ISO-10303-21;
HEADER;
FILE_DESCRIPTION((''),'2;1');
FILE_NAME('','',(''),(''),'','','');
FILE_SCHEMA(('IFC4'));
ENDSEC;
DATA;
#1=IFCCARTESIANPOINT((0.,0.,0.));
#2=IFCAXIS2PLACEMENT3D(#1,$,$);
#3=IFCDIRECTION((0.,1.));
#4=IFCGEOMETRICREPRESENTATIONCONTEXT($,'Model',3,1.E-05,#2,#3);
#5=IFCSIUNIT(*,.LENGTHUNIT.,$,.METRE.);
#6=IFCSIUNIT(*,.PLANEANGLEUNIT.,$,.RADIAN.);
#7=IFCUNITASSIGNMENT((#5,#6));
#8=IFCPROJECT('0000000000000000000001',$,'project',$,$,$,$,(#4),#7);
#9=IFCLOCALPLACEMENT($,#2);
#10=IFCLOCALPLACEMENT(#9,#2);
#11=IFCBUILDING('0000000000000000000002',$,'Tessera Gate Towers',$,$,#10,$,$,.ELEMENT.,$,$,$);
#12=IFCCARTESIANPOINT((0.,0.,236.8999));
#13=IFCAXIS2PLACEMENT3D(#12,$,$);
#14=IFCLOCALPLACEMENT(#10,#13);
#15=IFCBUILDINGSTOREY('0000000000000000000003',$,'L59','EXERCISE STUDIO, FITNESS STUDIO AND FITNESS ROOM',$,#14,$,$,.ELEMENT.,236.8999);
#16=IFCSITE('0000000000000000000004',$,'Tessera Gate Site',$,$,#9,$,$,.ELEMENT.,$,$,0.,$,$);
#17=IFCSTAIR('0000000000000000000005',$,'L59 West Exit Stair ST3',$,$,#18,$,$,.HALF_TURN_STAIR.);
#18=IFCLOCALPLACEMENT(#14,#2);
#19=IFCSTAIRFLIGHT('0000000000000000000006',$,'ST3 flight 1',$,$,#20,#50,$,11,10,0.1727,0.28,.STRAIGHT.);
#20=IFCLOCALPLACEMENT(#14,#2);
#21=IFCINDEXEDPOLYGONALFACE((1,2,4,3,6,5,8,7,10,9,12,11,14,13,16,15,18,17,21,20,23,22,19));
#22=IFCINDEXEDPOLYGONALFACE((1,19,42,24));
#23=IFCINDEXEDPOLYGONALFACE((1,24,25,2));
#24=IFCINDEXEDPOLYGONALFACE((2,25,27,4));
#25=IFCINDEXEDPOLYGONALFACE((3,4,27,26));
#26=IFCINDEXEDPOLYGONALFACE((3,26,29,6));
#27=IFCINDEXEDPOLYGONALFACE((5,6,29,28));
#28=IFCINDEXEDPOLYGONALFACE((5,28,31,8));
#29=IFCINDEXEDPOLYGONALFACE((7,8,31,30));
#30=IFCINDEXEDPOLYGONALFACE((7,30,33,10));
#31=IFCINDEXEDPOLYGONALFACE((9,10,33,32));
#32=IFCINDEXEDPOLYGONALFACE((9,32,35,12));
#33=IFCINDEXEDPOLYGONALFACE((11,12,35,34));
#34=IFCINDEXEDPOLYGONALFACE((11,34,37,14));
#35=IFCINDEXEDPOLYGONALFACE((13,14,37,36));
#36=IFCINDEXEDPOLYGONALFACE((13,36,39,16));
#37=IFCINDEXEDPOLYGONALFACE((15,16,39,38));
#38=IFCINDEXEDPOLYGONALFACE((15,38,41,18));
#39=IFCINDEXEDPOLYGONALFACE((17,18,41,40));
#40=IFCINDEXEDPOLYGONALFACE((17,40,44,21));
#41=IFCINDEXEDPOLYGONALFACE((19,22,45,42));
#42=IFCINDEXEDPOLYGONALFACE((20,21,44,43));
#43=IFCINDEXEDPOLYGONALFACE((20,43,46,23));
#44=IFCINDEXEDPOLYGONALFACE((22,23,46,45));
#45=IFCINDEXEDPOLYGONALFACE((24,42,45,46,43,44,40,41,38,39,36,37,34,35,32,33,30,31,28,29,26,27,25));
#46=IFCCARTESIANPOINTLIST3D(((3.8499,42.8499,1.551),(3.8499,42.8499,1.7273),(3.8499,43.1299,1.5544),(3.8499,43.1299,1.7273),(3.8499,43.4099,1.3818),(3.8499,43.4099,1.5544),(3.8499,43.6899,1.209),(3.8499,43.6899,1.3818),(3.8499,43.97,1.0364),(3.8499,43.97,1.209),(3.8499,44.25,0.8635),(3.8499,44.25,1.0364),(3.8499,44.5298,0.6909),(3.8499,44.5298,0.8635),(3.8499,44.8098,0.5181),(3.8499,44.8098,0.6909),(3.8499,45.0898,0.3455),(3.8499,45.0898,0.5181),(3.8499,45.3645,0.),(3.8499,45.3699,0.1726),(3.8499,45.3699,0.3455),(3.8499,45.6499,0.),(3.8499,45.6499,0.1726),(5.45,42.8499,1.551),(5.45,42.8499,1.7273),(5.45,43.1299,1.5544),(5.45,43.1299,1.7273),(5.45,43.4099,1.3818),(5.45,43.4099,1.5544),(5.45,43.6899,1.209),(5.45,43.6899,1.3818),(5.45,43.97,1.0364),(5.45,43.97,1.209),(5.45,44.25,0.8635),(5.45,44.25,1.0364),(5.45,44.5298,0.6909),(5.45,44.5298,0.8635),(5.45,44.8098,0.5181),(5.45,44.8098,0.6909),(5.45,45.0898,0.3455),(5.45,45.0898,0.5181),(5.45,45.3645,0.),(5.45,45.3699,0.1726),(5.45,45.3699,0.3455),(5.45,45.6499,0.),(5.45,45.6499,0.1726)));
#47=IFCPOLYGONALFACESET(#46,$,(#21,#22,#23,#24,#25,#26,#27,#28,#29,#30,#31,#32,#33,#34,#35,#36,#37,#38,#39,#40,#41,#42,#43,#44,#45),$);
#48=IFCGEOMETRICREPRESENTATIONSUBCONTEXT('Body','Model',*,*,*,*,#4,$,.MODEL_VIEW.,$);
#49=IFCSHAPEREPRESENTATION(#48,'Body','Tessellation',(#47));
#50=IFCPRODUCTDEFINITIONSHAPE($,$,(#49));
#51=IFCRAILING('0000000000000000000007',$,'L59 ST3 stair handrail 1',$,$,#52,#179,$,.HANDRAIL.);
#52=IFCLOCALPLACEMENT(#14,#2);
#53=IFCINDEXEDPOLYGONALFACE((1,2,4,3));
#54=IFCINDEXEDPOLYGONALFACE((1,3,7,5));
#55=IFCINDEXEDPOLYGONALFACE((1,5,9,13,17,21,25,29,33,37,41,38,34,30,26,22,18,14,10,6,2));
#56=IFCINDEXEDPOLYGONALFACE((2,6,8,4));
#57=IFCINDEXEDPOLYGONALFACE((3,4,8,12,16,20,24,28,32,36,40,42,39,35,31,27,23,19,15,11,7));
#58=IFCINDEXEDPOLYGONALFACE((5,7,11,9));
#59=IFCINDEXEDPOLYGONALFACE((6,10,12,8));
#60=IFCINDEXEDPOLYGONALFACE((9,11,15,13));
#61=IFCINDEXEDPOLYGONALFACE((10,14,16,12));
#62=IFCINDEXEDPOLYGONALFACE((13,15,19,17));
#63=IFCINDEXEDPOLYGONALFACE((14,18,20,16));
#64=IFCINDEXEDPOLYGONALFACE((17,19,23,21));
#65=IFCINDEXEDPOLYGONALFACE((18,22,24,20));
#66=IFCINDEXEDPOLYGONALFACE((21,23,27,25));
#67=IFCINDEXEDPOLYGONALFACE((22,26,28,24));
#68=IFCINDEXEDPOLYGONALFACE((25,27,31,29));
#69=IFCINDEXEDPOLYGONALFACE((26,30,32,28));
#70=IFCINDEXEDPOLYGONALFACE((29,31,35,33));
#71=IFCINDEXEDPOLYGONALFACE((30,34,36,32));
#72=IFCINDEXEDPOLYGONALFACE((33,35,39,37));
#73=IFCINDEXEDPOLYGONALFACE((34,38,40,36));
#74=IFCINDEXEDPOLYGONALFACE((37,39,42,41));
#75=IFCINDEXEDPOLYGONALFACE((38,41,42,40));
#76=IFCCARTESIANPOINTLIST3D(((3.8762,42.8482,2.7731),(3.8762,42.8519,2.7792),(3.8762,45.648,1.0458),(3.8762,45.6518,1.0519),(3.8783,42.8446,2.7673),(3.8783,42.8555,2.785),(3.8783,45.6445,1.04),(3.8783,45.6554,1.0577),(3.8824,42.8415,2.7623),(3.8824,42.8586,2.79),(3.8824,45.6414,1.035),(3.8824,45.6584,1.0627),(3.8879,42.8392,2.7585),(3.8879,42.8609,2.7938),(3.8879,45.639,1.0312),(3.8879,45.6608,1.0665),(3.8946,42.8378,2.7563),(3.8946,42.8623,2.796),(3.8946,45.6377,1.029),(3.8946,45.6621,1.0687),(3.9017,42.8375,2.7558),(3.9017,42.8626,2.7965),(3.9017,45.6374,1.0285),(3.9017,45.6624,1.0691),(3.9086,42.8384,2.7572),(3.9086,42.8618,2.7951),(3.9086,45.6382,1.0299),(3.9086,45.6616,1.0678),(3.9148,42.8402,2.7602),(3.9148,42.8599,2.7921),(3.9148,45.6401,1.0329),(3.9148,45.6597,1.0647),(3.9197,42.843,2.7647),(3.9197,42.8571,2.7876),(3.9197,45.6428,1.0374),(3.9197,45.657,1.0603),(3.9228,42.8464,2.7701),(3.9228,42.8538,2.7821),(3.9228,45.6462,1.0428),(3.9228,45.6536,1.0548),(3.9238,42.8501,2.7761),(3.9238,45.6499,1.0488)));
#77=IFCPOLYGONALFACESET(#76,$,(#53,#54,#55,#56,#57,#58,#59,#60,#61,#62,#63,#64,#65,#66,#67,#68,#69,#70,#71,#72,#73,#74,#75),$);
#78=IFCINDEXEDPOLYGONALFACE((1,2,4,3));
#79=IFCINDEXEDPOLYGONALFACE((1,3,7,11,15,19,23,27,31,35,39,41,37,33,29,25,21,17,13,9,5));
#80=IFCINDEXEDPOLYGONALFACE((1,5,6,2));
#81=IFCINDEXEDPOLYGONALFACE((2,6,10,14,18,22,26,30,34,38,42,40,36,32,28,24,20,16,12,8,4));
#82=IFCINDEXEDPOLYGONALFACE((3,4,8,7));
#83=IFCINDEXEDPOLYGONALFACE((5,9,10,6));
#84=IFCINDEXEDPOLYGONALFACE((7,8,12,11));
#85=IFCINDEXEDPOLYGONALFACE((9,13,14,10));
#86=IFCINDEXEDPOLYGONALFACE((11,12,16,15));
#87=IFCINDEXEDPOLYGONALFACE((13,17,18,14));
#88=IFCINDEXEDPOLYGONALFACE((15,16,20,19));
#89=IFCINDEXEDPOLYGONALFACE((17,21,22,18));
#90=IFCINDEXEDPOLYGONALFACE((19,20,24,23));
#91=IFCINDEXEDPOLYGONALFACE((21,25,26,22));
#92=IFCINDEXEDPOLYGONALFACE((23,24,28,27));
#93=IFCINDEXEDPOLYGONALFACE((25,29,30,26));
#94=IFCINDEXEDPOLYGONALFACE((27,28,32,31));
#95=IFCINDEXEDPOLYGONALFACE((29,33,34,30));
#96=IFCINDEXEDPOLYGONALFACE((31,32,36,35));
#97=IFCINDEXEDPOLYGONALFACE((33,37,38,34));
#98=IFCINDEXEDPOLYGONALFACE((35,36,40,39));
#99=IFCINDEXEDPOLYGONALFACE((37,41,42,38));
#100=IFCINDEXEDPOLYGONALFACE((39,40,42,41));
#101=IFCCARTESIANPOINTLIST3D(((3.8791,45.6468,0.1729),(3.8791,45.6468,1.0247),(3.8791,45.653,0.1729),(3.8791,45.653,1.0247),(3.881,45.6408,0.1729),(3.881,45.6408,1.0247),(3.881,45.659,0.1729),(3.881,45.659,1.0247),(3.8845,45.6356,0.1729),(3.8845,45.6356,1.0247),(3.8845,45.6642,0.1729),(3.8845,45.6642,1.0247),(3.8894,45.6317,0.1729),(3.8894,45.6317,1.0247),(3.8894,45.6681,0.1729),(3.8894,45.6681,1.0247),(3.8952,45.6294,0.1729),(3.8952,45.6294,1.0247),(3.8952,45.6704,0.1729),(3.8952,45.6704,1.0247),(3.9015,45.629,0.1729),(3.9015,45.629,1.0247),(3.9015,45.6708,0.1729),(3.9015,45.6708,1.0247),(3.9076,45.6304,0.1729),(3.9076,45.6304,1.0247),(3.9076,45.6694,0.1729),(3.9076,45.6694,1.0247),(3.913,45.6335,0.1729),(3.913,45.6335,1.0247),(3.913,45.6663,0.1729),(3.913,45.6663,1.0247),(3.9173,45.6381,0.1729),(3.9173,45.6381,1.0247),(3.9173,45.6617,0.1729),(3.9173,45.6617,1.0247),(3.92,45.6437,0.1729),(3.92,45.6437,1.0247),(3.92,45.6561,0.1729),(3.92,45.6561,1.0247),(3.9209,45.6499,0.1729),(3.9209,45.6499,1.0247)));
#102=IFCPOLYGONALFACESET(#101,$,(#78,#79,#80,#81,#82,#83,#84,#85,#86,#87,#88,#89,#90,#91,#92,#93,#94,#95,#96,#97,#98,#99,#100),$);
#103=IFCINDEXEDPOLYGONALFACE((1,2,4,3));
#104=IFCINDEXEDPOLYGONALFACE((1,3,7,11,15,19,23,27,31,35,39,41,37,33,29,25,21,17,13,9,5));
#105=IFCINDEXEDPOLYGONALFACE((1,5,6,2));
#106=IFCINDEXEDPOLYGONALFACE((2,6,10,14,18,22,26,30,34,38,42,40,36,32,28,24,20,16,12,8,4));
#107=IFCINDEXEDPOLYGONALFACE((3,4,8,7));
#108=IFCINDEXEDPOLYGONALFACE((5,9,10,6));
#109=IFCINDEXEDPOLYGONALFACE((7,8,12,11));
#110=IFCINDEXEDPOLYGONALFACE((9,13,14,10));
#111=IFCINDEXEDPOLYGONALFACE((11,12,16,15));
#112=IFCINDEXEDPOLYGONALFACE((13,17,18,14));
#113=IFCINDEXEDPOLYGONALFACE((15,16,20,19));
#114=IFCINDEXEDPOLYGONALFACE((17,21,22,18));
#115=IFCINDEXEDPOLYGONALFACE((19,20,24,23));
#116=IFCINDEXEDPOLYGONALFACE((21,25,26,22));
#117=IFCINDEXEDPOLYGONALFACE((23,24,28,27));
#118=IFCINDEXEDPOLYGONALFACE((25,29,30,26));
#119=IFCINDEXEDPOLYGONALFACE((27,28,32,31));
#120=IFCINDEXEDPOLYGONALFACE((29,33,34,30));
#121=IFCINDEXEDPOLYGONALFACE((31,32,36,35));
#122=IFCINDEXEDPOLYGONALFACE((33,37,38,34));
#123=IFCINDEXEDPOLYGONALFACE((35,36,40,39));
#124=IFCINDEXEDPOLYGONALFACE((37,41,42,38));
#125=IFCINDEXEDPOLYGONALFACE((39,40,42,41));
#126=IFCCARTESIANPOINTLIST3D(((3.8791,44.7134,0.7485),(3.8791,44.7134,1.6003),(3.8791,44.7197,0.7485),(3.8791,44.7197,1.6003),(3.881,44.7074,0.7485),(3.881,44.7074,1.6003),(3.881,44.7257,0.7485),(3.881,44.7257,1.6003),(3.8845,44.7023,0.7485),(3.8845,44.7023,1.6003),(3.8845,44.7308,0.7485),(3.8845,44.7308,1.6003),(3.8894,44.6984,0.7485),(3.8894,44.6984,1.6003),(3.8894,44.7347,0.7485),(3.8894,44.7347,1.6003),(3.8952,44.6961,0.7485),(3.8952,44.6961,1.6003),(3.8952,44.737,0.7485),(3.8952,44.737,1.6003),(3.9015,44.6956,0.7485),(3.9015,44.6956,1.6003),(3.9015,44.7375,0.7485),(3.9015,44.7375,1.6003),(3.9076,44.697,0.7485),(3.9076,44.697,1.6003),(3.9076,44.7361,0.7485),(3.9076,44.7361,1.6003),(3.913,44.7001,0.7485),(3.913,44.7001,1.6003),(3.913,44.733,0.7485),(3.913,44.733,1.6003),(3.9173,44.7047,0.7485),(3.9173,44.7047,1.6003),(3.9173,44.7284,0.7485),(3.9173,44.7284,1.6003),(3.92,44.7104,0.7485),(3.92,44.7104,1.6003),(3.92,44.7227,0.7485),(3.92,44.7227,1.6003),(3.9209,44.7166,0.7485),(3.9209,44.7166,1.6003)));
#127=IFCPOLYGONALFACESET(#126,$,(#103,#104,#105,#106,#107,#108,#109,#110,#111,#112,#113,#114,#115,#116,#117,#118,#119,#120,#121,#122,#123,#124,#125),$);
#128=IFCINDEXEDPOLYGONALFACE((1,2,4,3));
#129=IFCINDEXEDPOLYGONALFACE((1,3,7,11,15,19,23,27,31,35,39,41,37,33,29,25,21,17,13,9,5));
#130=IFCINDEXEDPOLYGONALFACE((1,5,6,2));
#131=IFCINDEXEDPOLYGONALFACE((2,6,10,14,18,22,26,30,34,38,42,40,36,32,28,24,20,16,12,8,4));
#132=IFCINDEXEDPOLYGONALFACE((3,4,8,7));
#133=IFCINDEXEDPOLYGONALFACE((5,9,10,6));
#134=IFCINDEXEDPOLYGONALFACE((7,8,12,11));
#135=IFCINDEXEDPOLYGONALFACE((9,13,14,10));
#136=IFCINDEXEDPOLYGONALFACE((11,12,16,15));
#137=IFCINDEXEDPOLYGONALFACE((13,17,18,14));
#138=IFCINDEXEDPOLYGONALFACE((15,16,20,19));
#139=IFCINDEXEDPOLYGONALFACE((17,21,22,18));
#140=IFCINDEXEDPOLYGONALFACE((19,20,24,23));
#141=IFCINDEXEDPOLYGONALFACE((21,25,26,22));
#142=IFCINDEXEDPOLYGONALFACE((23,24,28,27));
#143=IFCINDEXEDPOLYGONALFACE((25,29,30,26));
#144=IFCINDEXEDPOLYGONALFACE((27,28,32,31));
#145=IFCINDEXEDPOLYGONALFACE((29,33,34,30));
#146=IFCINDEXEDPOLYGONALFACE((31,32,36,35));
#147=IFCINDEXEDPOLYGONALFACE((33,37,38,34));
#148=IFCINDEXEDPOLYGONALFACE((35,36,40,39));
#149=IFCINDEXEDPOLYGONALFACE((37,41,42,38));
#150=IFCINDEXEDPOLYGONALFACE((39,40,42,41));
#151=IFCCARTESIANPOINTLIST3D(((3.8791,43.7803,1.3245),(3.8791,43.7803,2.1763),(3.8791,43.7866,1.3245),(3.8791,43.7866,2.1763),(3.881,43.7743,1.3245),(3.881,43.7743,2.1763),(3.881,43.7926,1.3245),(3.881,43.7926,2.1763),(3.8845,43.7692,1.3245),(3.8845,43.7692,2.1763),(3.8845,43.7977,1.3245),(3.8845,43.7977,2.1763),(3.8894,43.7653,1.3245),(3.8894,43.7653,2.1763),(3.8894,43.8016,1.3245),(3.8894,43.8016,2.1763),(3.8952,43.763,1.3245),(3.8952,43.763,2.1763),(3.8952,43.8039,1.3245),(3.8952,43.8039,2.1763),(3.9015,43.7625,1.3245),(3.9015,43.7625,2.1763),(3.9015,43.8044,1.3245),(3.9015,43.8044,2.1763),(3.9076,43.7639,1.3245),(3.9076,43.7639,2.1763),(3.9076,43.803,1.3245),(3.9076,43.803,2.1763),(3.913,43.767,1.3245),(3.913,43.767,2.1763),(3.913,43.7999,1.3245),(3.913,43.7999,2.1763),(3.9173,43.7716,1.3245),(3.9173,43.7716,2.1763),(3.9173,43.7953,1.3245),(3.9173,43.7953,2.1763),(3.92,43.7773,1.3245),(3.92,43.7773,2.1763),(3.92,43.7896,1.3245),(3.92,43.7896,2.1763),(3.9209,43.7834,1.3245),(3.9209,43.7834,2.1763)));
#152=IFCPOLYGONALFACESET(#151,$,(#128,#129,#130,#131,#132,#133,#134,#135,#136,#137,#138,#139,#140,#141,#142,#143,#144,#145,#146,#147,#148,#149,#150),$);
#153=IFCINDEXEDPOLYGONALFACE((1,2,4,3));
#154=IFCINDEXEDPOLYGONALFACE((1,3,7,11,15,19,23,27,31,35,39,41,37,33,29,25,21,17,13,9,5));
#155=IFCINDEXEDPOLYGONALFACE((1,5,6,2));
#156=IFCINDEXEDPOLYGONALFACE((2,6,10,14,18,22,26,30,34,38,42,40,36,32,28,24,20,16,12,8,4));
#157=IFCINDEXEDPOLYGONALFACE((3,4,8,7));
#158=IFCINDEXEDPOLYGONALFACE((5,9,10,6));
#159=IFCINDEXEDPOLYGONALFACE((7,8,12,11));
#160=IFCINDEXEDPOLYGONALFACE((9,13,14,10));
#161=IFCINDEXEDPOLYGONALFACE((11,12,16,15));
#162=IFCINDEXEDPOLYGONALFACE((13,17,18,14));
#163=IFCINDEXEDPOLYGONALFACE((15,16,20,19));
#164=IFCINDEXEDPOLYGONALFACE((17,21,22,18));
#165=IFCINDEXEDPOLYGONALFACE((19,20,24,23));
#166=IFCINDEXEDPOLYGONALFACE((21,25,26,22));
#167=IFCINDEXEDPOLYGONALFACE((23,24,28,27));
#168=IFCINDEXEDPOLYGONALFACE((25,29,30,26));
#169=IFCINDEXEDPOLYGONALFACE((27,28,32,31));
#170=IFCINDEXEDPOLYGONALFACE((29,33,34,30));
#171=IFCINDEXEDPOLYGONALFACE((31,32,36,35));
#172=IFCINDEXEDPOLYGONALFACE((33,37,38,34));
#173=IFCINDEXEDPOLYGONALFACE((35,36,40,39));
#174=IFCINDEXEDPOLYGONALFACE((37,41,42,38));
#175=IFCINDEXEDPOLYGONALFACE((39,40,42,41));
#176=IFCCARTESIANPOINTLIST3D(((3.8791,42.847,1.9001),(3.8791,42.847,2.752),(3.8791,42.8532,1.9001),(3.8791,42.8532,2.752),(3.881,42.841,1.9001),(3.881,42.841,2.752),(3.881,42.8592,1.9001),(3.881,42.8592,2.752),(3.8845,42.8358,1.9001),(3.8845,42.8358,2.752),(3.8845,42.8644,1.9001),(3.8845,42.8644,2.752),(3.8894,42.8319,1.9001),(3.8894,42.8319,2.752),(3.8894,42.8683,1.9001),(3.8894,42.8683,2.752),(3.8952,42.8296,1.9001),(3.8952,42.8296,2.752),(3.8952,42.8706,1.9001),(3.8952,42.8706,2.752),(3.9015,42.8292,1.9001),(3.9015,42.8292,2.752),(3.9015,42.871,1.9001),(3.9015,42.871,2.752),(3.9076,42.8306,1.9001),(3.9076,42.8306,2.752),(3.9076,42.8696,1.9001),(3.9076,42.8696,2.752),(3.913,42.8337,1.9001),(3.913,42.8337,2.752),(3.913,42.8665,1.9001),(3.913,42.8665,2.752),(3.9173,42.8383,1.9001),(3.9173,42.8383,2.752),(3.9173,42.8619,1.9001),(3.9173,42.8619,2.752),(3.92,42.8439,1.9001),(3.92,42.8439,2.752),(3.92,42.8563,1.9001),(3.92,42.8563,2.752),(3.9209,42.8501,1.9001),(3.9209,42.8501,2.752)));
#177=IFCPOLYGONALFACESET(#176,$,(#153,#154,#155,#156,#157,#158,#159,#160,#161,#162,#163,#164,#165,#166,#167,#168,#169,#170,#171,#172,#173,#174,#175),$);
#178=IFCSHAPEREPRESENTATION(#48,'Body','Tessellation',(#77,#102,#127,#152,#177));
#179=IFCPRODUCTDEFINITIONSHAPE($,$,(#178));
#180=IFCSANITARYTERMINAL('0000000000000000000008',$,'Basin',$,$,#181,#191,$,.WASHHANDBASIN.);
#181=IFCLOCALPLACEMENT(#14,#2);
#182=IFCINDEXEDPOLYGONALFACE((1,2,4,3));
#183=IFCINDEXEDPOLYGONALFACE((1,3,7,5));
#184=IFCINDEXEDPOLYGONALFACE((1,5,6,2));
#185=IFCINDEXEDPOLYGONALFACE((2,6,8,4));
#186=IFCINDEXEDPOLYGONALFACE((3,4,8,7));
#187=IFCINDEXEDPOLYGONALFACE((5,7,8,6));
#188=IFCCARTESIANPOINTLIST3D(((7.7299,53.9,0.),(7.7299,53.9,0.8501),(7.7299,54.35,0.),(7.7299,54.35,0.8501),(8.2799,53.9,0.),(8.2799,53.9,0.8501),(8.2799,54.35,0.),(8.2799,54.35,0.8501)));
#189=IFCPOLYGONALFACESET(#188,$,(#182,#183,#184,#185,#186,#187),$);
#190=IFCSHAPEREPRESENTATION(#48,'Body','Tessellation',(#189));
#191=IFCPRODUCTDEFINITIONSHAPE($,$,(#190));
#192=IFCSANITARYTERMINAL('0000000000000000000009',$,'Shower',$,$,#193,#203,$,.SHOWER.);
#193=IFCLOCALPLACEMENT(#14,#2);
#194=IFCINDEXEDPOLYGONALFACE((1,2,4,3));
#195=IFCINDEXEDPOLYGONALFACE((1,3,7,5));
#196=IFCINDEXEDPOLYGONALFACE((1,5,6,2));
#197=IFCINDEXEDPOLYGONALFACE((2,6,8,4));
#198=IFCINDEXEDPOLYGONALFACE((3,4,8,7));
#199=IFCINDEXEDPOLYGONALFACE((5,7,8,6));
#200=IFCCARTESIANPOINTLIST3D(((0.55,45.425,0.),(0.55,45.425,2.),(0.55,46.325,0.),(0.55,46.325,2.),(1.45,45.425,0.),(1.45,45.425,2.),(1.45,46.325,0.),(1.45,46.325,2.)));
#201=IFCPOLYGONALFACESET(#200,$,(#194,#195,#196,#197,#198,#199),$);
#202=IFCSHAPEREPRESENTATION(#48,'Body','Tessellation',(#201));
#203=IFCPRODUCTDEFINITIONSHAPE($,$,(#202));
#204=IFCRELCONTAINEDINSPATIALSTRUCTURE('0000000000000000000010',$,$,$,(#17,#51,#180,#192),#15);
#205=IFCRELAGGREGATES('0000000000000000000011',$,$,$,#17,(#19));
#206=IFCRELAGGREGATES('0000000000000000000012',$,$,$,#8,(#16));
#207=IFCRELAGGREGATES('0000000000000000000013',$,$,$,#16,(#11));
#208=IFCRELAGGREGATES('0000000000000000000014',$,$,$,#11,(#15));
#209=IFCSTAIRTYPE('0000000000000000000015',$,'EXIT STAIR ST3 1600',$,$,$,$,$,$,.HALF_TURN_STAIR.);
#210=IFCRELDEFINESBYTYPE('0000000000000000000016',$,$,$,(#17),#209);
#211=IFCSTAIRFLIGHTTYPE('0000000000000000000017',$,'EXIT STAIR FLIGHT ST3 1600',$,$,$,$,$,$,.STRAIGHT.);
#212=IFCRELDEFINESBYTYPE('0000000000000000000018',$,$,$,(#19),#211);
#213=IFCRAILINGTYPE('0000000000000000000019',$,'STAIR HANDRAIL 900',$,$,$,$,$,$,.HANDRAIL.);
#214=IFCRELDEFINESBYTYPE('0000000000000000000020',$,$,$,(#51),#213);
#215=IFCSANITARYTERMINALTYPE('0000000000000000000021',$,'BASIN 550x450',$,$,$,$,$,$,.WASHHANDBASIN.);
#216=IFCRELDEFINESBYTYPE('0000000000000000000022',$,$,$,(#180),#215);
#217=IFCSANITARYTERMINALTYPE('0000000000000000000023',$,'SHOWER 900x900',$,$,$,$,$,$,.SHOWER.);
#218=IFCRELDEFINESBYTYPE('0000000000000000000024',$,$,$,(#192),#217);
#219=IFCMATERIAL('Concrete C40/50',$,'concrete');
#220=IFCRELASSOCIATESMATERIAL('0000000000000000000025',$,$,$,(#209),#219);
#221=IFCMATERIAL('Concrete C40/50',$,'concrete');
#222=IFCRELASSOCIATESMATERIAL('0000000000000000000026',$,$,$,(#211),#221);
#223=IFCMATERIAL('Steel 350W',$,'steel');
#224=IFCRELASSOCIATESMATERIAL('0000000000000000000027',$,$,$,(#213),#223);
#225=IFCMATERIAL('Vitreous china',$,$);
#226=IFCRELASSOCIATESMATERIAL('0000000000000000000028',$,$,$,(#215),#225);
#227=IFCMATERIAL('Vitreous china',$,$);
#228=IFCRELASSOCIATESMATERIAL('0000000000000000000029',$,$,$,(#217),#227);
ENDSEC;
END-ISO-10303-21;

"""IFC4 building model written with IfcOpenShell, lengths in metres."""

from ifc_helpers import new_model, si_unit, direction, frame, origin, origin_2d, place, context, subcontext, project, spatial, polyline, rectangle, circle, outline, extrude, material, type_object, element, aggregate, save


model = new_model("IFC4")

# Units and contexts
model_context = context("Model", 3, precision=1e-05, world=origin(), true_north=direction((0.0, 1.0)))
body_context = subcontext(model_context, "Body", "Model", "MODEL_VIEW")
ifc_project = project(units=[si_unit("LENGTHUNIT", "METRE"), si_unit("PLANEANGLEUNIT", "RADIAN")], contexts=[model_context])

# Site, building, storey
site_placement = place(None, origin())
site = spatial("IfcSite", under=ifc_project, at=site_placement, Name="Tessera Gate Site", CompositionType="ELEMENT", RefElevation=0.0)
building_placement = place(site_placement, origin())
building = spatial("IfcBuilding", under=site, at=building_placement, Name="Tessera Gate Towers", CompositionType="ELEMENT")
storey_placement = place(building_placement, frame((0.0, 0.0, 236.8999)))
storey = spatial("IfcBuildingStorey", under=building, at=storey_placement, Name="L59", Description="EXERCISE STUDIO, FITNESS STUDIO AND FITNESS ROOM", CompositionType="ELEMENT", Elevation=236.8999)

# Stair, stair flight
ifc_material_1 = material(Name="Concrete C40/50", Category="concrete")
stair_type = type_object("IfcStairType", Name="EXIT STAIR ST3 1600", PredefinedType="HALF_TURN_STAIR", material=ifc_material_1)
stair_placement = place(storey_placement, origin())
stair = element("IfcStair", 1, at=stair_placement, inside=storey, type_object=stair_type, Name="L59 West Exit Stair ST3", PredefinedType="HALF_TURN_STAIR")
ifc_material_2 = material(Name="Concrete C40/50", Category="concrete")
stair_flight_type = type_object("IfcStairFlightType", Name="EXIT STAIR FLIGHT ST3 1600", PredefinedType="STRAIGHT", material=ifc_material_2)
stair_flight_placement = place(storey_placement, frame((4.6499, 45.6499, 0.0), z_axis=(0.0, 0.0, 1.0), x_axis=(0.0, -1.0, 0.0)))
stair_flight = element("IfcStairFlight", 2, at=stair_flight_placement, type_object=stair_flight_type, Name="ST3 flight 1", NumberOfRisers=11, NumberOfTreads=10, PredefinedType="STRAIGHT", RiserHeight=0.1727, TreadLength=0.28, context=body_context, shape_type="SweptSolid", body=[
    extrude(outline(polyline([(0.0, 0.0), (0.0, 0.1726), (0.28, 0.1726), (0.28, 0.3455), (0.5601, 0.3455), (0.5601, 0.5181), (0.8401, 0.5181), (0.8401, 0.6909), (1.1201, 0.6909), (1.1201, 0.8635), (1.3999, 0.8635), (1.3999, 1.0364), (1.6799, 1.0364), (1.6799, 1.209), (1.96, 1.209), (1.96, 1.3818), (2.24, 1.3818), (2.24, 1.5544), (2.52, 1.5544), (2.52, 1.7273), (2.8, 1.7273), (2.8, 1.8999), (2.8, 1.551), (0.2854, 0.0), (0.0, 0.0)])), frame((0.0, 0.8, 0.0), z_axis=(0.0, -1.0, 0.0), x_axis=(1.0, 0.0, 0.0)), (0.0, 0.0, 1.0), 1.6001),
])
aggregate(stair, [stair_flight])

# Railing
ifc_material_3 = material(Name="Steel 350W", Category="steel")
railing_type_1 = type_object("IfcRailingType", Name="STAIR HANDRAIL 900", PredefinedType="HANDRAIL", material=ifc_material_3)
railing_1_placement = place(storey_placement, frame((3.8999, 45.6499, 0.1729)))
element("IfcRailing", 3, at=railing_1_placement, inside=storey, type_object=railing_type_1, Name="L59 ST3 stair handrail 1", PredefinedType="HANDRAIL", context=body_context, shape_type="SweptSolid", body=[
    extrude(circle(Radius=0.0239, at=origin_2d()), frame((0.0, 0.0, 0.876), z_axis=(0.0, -0.851069, 0.525054), x_axis=(1.0, 0.0, 0.0)), (0.0, 0.0, 1.0), 3.2898),
    extrude(circle(Radius=0.021, at=origin_2d()), origin(), (0.0, 0.0, 1.0), 0.8518),
    extrude(circle(Radius=0.021, at=origin_2d()), frame((0.0, -0.9333, 0.5757)), (0.0, 0.0, 1.0), 0.8518),
    extrude(circle(Radius=0.021, at=origin_2d()), frame((0.0, -1.8665, 1.1516)), (0.0, 0.0, 1.0), 0.8518),
    extrude(circle(Radius=0.021, at=origin_2d()), frame((0.0, -2.7998, 1.7273)), (0.0, 0.0, 1.0), 0.8518),
])

# Sanitary terminals
ifc_material_4 = material(Name="Vitreous china")
sanitary_terminal_type_1 = type_object("IfcSanitaryTerminalType", Name="BASIN 550x450", PredefinedType="WASHHANDBASIN", material=ifc_material_4)
sanitary_terminal_placement = place(storey_placement, frame((8.0049, 54.125, 0.0), z_axis=(0.0, 0.0, 1.0), x_axis=(1.0, 0.0, 0.0)))
element("IfcSanitaryTerminal", 4, at=sanitary_terminal_placement, inside=storey, type_object=sanitary_terminal_type_1, Name="Basin", PredefinedType="WASHHANDBASIN", context=body_context, shape_type="SweptSolid", body=[
    extrude(rectangle(XDim=0.55, YDim=0.45, at=origin_2d()), origin(), (0.0, 0.0, 1.0), 0.8501),
])
ifc_material_5 = material(Name="Vitreous china")
sanitary_terminal_type_2 = type_object("IfcSanitaryTerminalType", Name="SHOWER 900x900", PredefinedType="SHOWER", material=ifc_material_5)
for number, where, z_axis, x_axis, name in (
    (5, (1.0, 45.875, 0.0), (0.0, 0.0, 1.0), (1.0, 0.0, 0.0), "Shower"),
):
    element("IfcSanitaryTerminal", number, at=place(storey_placement, frame(where, z_axis=z_axis, x_axis=x_axis)), inside=storey, type_object=sanitary_terminal_type_2, Name=name, PredefinedType="SHOWER", context=body_context, shape_type="SweptSolid", body=[
        extrude(rectangle(XDim=0.8999, YDim=0.8999, at=origin_2d()), origin(), (0.0, 0.0, 1.0), 2.0),
    ])

save(model, "model.ifc")
